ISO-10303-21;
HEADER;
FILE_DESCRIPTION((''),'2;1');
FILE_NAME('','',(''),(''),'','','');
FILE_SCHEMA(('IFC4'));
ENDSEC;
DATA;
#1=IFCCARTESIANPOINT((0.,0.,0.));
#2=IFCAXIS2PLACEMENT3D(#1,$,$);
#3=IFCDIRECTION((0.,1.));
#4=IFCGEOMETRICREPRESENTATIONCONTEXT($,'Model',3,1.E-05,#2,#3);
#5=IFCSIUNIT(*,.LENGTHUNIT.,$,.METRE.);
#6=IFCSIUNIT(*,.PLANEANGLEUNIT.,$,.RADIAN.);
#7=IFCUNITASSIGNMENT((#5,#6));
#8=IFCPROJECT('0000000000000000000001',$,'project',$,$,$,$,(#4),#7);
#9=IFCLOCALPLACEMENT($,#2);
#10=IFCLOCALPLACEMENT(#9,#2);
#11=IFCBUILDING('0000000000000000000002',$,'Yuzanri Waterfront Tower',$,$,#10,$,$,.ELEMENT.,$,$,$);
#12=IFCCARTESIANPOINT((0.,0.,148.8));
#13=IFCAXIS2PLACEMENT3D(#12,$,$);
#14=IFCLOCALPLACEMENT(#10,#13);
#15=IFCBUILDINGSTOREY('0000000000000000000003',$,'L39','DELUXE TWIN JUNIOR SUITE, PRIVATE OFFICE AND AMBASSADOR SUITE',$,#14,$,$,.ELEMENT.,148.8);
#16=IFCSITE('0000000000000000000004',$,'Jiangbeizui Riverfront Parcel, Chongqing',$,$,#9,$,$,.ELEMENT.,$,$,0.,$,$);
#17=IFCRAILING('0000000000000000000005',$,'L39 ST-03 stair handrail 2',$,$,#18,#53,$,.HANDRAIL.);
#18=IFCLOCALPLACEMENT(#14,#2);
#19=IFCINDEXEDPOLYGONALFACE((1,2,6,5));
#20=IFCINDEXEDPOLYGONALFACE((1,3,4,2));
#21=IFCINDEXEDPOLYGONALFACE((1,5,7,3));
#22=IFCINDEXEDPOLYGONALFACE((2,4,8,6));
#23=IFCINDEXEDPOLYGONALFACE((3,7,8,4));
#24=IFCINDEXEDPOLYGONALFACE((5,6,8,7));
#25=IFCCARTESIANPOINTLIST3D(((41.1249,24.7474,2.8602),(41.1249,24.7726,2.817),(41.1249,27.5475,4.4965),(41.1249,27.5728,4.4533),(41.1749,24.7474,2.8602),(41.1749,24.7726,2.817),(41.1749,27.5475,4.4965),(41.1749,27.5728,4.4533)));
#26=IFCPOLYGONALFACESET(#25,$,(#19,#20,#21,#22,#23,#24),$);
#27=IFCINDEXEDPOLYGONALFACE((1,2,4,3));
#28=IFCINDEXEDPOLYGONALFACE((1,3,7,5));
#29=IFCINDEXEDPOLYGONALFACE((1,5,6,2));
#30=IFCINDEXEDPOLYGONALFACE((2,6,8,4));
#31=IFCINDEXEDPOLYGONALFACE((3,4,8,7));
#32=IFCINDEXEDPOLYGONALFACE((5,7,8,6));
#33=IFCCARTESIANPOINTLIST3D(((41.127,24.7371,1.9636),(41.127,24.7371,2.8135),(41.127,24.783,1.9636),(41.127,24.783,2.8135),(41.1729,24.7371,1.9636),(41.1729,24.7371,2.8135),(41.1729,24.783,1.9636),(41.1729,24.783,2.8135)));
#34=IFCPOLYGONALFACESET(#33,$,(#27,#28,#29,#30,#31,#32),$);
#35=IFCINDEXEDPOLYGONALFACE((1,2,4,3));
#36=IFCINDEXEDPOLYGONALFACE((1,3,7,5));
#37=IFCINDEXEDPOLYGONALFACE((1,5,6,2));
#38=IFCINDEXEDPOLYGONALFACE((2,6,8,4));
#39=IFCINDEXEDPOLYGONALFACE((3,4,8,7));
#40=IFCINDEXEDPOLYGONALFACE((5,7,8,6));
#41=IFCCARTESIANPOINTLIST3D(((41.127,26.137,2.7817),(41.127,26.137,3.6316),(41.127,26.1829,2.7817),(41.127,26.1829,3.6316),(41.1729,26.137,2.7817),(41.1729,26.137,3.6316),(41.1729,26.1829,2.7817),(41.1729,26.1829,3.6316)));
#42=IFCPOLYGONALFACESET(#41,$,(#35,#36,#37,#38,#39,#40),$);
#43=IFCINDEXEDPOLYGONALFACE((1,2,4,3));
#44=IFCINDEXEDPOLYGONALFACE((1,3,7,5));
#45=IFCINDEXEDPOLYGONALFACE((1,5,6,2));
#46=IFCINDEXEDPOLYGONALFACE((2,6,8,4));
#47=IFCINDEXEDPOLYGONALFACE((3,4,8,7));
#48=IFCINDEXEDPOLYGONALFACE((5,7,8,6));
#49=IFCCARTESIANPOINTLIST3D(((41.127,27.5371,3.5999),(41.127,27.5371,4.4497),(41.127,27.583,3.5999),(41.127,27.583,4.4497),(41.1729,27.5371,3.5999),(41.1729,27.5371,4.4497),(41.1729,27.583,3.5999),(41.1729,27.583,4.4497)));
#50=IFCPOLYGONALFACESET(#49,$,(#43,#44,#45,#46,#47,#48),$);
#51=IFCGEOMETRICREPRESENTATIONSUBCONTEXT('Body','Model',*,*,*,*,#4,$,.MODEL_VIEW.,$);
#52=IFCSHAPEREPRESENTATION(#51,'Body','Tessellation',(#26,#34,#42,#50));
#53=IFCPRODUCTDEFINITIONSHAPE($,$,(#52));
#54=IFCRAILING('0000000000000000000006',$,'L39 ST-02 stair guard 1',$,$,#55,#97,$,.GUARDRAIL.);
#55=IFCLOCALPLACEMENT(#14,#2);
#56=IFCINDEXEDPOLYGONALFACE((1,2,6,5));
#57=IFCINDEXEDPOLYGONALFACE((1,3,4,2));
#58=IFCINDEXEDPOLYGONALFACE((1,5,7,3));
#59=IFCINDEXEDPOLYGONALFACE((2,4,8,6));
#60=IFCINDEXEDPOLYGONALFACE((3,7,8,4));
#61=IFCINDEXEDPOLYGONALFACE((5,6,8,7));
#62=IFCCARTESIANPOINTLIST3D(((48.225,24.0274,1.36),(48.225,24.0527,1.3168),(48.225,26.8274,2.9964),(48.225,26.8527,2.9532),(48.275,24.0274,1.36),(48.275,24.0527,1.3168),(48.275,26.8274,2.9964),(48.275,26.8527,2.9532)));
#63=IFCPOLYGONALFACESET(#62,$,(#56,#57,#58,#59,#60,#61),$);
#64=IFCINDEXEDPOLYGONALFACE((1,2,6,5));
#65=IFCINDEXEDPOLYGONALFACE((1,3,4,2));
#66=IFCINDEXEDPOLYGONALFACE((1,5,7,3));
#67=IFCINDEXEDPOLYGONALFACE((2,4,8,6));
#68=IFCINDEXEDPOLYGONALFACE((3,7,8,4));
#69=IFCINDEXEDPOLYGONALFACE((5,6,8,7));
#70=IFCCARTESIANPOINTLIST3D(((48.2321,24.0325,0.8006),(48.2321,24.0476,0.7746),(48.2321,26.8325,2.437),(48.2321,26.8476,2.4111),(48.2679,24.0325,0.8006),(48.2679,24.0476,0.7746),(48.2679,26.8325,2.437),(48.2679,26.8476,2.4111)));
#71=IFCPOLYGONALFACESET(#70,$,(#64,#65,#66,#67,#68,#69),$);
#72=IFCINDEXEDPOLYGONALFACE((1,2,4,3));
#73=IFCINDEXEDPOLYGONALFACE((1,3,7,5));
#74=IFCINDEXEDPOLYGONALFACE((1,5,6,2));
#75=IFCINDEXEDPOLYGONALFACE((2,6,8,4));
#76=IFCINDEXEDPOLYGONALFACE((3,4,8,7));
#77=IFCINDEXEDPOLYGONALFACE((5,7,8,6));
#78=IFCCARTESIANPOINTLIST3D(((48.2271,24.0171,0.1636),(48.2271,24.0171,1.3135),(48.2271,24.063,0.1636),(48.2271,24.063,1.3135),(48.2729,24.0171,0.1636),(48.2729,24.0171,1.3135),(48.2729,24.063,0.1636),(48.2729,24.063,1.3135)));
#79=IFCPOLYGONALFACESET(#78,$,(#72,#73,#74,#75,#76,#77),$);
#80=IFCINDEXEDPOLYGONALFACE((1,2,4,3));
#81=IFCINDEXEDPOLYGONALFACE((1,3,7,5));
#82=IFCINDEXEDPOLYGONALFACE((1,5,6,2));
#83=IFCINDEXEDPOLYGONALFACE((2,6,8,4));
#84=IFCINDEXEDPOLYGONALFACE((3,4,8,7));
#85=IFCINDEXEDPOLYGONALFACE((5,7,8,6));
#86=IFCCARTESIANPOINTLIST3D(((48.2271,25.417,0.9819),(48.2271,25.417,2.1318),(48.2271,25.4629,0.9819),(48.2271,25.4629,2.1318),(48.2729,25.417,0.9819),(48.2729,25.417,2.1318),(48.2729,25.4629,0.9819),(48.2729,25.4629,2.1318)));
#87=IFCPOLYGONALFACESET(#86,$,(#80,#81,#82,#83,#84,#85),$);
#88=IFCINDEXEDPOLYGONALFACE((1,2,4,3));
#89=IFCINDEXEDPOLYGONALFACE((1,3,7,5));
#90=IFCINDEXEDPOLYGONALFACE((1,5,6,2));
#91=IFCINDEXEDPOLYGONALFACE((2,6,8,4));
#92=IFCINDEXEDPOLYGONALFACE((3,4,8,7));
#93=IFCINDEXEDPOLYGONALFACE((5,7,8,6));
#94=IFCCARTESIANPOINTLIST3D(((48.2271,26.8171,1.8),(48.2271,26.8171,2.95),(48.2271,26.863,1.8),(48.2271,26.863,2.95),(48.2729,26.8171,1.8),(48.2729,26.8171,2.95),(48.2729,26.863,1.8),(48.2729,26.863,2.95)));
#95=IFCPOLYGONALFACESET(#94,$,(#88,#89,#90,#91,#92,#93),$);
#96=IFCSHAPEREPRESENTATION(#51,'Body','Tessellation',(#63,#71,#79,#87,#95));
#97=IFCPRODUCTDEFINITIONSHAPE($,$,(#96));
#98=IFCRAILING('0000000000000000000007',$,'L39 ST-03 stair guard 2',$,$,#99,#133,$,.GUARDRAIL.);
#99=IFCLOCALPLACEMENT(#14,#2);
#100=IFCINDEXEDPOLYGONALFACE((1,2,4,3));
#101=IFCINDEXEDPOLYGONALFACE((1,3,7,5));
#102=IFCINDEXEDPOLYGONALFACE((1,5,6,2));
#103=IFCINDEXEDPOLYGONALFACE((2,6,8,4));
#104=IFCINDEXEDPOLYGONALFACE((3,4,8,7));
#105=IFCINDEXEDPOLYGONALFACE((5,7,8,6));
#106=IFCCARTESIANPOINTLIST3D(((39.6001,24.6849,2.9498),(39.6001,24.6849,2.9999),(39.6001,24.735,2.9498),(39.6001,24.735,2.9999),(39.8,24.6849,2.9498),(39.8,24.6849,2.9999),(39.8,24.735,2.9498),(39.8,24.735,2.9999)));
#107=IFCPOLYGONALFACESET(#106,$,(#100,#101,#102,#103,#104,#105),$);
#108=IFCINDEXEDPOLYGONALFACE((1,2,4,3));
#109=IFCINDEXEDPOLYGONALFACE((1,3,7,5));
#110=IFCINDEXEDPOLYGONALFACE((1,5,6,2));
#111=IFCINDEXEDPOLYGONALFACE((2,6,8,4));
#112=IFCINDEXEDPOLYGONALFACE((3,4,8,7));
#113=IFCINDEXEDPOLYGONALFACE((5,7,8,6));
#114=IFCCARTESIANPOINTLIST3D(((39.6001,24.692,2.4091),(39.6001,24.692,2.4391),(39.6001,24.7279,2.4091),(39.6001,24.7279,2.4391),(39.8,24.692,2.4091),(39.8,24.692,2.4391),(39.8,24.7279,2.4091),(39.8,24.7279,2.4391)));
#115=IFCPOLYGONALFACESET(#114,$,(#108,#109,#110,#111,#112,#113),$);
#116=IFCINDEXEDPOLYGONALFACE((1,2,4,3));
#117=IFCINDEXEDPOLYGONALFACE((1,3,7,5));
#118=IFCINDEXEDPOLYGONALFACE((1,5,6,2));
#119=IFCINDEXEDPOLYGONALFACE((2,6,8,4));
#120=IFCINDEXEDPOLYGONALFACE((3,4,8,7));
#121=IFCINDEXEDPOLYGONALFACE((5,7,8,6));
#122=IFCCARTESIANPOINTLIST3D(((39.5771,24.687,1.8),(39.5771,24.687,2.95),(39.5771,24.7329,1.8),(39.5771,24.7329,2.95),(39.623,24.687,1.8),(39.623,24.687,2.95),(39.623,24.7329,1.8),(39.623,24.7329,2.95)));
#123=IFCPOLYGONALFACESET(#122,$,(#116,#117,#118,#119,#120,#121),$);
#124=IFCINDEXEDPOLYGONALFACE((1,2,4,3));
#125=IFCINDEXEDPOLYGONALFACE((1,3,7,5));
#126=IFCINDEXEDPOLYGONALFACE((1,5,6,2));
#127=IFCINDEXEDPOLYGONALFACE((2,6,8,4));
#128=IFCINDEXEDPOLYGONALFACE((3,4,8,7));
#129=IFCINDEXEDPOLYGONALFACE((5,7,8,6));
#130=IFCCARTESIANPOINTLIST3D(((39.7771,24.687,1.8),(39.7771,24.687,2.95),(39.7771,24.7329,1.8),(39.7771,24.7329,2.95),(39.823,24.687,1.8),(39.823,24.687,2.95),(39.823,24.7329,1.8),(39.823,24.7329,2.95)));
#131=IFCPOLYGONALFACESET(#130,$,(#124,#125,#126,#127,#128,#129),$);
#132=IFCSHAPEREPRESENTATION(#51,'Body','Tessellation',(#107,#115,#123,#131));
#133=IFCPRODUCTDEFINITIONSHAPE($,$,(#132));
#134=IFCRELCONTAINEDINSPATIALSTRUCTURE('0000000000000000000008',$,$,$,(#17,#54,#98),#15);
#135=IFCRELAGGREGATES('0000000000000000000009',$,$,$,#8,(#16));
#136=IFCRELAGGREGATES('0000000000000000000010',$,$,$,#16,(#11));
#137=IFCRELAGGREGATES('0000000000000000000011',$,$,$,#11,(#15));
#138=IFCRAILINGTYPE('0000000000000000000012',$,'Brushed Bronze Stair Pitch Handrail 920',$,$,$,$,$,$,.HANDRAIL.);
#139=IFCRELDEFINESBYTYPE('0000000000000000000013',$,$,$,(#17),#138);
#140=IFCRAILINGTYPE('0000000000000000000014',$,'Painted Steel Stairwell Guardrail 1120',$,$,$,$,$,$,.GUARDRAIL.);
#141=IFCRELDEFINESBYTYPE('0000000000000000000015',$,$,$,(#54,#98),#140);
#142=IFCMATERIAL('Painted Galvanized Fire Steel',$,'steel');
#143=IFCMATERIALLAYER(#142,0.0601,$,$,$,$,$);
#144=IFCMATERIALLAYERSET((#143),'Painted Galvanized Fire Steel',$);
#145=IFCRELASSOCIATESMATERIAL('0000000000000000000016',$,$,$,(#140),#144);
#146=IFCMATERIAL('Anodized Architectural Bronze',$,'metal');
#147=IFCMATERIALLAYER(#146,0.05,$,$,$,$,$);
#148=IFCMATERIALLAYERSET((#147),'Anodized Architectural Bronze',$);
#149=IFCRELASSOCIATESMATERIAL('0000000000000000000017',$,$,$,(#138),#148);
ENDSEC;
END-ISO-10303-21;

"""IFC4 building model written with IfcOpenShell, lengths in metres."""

from ifc_helpers import new_model, si_unit, direction, frame, origin, origin_2d, place, context, subcontext, project, spatial, rectangle, extrude, source, transform, mapped, material, layer, layer_set, type_object, element, save


model = new_model("IFC4")

# Units and contexts
model_context = context("Model", 3, precision=1e-05, world=origin(), true_north=direction((0.0, 1.0)))
body_context = subcontext(model_context, "Body", "Model", "MODEL_VIEW")
ifc_project = project(units=[si_unit("LENGTHUNIT", "METRE"), si_unit("PLANEANGLEUNIT", "RADIAN")], contexts=[model_context])

# Site, building, storey
site_placement = place(None, origin())
site = spatial("IfcSite", under=ifc_project, at=site_placement, Name="Jiangbeizui Riverfront Parcel, Chongqing", CompositionType="ELEMENT", RefElevation=0.0)
building_placement = place(site_placement, origin())
building = spatial("IfcBuilding", under=site, at=building_placement, Name="Yuzanri Waterfront Tower", CompositionType="ELEMENT")
storey_placement = place(building_placement, frame((0.0, 0.0, 148.8)))
storey = spatial("IfcBuildingStorey", under=building, at=storey_placement, Name="L39", Description="DELUXE TWIN JUNIOR SUITE, PRIVATE OFFICE AND AMBASSADOR SUITE", CompositionType="ELEMENT", Elevation=148.8)

# Railings
ifc_material_1 = material(Name="Painted Galvanized Fire Steel", Category="steel")
ifc_layer_1 = layer(ifc_material_1, 0.0601)
ifc_layer_set_1 = layer_set([ifc_layer_1], Name="Painted Galvanized Fire Steel")
railing_type_1 = type_object("IfcRailingType", Name="Painted Steel Stairwell Guardrail 1120", PredefinedType="GUARDRAIL", material=ifc_layer_set_1)
ifc_material_2 = material(Name="Anodized Architectural Bronze", Category="metal")
ifc_layer_2 = layer(ifc_material_2, 0.05)
ifc_layer_set_2 = layer_set([ifc_layer_2], Name="Anodized Architectural Bronze")
railing_type_2 = type_object("IfcRailingType", Name="Brushed Bronze Stair Pitch Handrail 920", PredefinedType="HANDRAIL", material=ifc_layer_set_2)
shared_shape_1 = source(origin(), body_context, "Body", "SweptSolid", [
    extrude(rectangle(XDim=0.05, YDim=0.05, at=origin_2d()), frame((0.0, 0.0, 0.875), z_axis=(0.0, 0.863394, 0.504531), x_axis=(-1.0, 0.0, 0.0)), (0.0, 0.0, 1.0), 3.2432),
    extrude(rectangle(XDim=0.0459, YDim=0.0459, at=origin_2d()), origin(), (0.0, 0.0, 1.0), 0.8499),
    extrude(rectangle(XDim=0.0459, YDim=0.0459, at=origin_2d()), frame((0.0, 1.3999, 0.8181)), (0.0, 0.0, 1.0), 0.8499),
    extrude(rectangle(XDim=0.0459, YDim=0.0459, at=origin_2d()), frame((0.0, 2.8, 1.6362)), (0.0, 0.0, 1.0), 0.8499),
])
railing_1_placement = place(storey_placement, frame((41.1499, 24.76, 1.9636)))
element("IfcRailing", 1, at=railing_1_placement, inside=storey, type_object=railing_type_2, Name="L39 ST-03 stair handrail 2", PredefinedType="HANDRAIL", context=body_context, shape_type="MappedRepresentation", body=[
    mapped(shared_shape_1, transform((0.0, 0.0, 0.0), scale=1.0)),
])
shared_shape_2 = source(origin(), body_context, "Body", "SweptSolid", [
    extrude(rectangle(XDim=0.05, YDim=0.05, at=origin_2d()), frame((0.0, 0.0, 1.1748), z_axis=(0.0, 0.863361, 0.504587), x_axis=(-1.0, 0.0, 0.0)), (0.0, 0.0, 1.0), 3.2432),
    extrude(rectangle(XDim=0.0359, YDim=0.03, at=origin_2d()), frame((0.0, 0.0, 0.624), z_axis=(0.0, 0.863361, 0.504587), x_axis=(-1.0, 0.0, 0.0)), (0.0, 0.0, 1.0), 3.2432),
    extrude(rectangle(XDim=0.0459, YDim=0.0459, at=origin_2d()), origin(), (0.0, 0.0, 1.0), 1.1499),
    extrude(rectangle(XDim=0.0459, YDim=0.0459, at=origin_2d()), frame((0.0, 1.3999, 0.8184)), (0.0, 0.0, 1.0), 1.1499),
    extrude(rectangle(XDim=0.0459, YDim=0.0459, at=origin_2d()), frame((0.0, 2.8, 1.6365)), (0.0, 0.0, 1.0), 1.1499),
])
railing_2_placement = place(storey_placement, frame((48.25, 24.04, 0.1636)))
element("IfcRailing", 2, at=railing_2_placement, inside=storey, type_object=railing_type_1, Name="L39 ST-02 stair guard 1", PredefinedType="GUARDRAIL", context=body_context, shape_type="MappedRepresentation", body=[
    mapped(shared_shape_2, transform((0.0, 0.0, 0.0), scale=1.0)),
])
shared_shape_3 = source(origin(), body_context, "Body", "SweptSolid", [
    extrude(rectangle(XDim=0.05, YDim=0.05, at=origin_2d()), frame((0.0, 0.0, 1.1748), z_axis=(1.0, 0.0, 0.0), x_axis=(0.0, 1.0, 0.0)), (0.0, 0.0, 1.0), 0.2),
    extrude(rectangle(XDim=0.0359, YDim=0.03, at=origin_2d()), frame((0.0, 0.0, 0.624), z_axis=(1.0, 0.0, 0.0), x_axis=(0.0, 1.0, 0.0)), (0.0, 0.0, 1.0), 0.2),
    extrude(rectangle(XDim=0.0459, YDim=0.0459, at=origin_2d()), origin(), (0.0, 0.0, 1.0), 1.1499),
    extrude(rectangle(XDim=0.0459, YDim=0.0459, at=origin_2d()), frame((0.2, 0.0, 0.0)), (0.0, 0.0, 1.0), 1.1499),
])
railing_3_placement = place(storey_placement, frame((39.6001, 24.71, 1.8)))
element("IfcRailing", 3, at=railing_3_placement, inside=storey, type_object=railing_type_1, Name="L39 ST-03 stair guard 2", PredefinedType="GUARDRAIL", context=body_context, shape_type="MappedRepresentation", body=[
    mapped(shared_shape_3, transform((0.0, 0.0, 0.0), scale=1.0)),
])

save(model, "model.ifc")
